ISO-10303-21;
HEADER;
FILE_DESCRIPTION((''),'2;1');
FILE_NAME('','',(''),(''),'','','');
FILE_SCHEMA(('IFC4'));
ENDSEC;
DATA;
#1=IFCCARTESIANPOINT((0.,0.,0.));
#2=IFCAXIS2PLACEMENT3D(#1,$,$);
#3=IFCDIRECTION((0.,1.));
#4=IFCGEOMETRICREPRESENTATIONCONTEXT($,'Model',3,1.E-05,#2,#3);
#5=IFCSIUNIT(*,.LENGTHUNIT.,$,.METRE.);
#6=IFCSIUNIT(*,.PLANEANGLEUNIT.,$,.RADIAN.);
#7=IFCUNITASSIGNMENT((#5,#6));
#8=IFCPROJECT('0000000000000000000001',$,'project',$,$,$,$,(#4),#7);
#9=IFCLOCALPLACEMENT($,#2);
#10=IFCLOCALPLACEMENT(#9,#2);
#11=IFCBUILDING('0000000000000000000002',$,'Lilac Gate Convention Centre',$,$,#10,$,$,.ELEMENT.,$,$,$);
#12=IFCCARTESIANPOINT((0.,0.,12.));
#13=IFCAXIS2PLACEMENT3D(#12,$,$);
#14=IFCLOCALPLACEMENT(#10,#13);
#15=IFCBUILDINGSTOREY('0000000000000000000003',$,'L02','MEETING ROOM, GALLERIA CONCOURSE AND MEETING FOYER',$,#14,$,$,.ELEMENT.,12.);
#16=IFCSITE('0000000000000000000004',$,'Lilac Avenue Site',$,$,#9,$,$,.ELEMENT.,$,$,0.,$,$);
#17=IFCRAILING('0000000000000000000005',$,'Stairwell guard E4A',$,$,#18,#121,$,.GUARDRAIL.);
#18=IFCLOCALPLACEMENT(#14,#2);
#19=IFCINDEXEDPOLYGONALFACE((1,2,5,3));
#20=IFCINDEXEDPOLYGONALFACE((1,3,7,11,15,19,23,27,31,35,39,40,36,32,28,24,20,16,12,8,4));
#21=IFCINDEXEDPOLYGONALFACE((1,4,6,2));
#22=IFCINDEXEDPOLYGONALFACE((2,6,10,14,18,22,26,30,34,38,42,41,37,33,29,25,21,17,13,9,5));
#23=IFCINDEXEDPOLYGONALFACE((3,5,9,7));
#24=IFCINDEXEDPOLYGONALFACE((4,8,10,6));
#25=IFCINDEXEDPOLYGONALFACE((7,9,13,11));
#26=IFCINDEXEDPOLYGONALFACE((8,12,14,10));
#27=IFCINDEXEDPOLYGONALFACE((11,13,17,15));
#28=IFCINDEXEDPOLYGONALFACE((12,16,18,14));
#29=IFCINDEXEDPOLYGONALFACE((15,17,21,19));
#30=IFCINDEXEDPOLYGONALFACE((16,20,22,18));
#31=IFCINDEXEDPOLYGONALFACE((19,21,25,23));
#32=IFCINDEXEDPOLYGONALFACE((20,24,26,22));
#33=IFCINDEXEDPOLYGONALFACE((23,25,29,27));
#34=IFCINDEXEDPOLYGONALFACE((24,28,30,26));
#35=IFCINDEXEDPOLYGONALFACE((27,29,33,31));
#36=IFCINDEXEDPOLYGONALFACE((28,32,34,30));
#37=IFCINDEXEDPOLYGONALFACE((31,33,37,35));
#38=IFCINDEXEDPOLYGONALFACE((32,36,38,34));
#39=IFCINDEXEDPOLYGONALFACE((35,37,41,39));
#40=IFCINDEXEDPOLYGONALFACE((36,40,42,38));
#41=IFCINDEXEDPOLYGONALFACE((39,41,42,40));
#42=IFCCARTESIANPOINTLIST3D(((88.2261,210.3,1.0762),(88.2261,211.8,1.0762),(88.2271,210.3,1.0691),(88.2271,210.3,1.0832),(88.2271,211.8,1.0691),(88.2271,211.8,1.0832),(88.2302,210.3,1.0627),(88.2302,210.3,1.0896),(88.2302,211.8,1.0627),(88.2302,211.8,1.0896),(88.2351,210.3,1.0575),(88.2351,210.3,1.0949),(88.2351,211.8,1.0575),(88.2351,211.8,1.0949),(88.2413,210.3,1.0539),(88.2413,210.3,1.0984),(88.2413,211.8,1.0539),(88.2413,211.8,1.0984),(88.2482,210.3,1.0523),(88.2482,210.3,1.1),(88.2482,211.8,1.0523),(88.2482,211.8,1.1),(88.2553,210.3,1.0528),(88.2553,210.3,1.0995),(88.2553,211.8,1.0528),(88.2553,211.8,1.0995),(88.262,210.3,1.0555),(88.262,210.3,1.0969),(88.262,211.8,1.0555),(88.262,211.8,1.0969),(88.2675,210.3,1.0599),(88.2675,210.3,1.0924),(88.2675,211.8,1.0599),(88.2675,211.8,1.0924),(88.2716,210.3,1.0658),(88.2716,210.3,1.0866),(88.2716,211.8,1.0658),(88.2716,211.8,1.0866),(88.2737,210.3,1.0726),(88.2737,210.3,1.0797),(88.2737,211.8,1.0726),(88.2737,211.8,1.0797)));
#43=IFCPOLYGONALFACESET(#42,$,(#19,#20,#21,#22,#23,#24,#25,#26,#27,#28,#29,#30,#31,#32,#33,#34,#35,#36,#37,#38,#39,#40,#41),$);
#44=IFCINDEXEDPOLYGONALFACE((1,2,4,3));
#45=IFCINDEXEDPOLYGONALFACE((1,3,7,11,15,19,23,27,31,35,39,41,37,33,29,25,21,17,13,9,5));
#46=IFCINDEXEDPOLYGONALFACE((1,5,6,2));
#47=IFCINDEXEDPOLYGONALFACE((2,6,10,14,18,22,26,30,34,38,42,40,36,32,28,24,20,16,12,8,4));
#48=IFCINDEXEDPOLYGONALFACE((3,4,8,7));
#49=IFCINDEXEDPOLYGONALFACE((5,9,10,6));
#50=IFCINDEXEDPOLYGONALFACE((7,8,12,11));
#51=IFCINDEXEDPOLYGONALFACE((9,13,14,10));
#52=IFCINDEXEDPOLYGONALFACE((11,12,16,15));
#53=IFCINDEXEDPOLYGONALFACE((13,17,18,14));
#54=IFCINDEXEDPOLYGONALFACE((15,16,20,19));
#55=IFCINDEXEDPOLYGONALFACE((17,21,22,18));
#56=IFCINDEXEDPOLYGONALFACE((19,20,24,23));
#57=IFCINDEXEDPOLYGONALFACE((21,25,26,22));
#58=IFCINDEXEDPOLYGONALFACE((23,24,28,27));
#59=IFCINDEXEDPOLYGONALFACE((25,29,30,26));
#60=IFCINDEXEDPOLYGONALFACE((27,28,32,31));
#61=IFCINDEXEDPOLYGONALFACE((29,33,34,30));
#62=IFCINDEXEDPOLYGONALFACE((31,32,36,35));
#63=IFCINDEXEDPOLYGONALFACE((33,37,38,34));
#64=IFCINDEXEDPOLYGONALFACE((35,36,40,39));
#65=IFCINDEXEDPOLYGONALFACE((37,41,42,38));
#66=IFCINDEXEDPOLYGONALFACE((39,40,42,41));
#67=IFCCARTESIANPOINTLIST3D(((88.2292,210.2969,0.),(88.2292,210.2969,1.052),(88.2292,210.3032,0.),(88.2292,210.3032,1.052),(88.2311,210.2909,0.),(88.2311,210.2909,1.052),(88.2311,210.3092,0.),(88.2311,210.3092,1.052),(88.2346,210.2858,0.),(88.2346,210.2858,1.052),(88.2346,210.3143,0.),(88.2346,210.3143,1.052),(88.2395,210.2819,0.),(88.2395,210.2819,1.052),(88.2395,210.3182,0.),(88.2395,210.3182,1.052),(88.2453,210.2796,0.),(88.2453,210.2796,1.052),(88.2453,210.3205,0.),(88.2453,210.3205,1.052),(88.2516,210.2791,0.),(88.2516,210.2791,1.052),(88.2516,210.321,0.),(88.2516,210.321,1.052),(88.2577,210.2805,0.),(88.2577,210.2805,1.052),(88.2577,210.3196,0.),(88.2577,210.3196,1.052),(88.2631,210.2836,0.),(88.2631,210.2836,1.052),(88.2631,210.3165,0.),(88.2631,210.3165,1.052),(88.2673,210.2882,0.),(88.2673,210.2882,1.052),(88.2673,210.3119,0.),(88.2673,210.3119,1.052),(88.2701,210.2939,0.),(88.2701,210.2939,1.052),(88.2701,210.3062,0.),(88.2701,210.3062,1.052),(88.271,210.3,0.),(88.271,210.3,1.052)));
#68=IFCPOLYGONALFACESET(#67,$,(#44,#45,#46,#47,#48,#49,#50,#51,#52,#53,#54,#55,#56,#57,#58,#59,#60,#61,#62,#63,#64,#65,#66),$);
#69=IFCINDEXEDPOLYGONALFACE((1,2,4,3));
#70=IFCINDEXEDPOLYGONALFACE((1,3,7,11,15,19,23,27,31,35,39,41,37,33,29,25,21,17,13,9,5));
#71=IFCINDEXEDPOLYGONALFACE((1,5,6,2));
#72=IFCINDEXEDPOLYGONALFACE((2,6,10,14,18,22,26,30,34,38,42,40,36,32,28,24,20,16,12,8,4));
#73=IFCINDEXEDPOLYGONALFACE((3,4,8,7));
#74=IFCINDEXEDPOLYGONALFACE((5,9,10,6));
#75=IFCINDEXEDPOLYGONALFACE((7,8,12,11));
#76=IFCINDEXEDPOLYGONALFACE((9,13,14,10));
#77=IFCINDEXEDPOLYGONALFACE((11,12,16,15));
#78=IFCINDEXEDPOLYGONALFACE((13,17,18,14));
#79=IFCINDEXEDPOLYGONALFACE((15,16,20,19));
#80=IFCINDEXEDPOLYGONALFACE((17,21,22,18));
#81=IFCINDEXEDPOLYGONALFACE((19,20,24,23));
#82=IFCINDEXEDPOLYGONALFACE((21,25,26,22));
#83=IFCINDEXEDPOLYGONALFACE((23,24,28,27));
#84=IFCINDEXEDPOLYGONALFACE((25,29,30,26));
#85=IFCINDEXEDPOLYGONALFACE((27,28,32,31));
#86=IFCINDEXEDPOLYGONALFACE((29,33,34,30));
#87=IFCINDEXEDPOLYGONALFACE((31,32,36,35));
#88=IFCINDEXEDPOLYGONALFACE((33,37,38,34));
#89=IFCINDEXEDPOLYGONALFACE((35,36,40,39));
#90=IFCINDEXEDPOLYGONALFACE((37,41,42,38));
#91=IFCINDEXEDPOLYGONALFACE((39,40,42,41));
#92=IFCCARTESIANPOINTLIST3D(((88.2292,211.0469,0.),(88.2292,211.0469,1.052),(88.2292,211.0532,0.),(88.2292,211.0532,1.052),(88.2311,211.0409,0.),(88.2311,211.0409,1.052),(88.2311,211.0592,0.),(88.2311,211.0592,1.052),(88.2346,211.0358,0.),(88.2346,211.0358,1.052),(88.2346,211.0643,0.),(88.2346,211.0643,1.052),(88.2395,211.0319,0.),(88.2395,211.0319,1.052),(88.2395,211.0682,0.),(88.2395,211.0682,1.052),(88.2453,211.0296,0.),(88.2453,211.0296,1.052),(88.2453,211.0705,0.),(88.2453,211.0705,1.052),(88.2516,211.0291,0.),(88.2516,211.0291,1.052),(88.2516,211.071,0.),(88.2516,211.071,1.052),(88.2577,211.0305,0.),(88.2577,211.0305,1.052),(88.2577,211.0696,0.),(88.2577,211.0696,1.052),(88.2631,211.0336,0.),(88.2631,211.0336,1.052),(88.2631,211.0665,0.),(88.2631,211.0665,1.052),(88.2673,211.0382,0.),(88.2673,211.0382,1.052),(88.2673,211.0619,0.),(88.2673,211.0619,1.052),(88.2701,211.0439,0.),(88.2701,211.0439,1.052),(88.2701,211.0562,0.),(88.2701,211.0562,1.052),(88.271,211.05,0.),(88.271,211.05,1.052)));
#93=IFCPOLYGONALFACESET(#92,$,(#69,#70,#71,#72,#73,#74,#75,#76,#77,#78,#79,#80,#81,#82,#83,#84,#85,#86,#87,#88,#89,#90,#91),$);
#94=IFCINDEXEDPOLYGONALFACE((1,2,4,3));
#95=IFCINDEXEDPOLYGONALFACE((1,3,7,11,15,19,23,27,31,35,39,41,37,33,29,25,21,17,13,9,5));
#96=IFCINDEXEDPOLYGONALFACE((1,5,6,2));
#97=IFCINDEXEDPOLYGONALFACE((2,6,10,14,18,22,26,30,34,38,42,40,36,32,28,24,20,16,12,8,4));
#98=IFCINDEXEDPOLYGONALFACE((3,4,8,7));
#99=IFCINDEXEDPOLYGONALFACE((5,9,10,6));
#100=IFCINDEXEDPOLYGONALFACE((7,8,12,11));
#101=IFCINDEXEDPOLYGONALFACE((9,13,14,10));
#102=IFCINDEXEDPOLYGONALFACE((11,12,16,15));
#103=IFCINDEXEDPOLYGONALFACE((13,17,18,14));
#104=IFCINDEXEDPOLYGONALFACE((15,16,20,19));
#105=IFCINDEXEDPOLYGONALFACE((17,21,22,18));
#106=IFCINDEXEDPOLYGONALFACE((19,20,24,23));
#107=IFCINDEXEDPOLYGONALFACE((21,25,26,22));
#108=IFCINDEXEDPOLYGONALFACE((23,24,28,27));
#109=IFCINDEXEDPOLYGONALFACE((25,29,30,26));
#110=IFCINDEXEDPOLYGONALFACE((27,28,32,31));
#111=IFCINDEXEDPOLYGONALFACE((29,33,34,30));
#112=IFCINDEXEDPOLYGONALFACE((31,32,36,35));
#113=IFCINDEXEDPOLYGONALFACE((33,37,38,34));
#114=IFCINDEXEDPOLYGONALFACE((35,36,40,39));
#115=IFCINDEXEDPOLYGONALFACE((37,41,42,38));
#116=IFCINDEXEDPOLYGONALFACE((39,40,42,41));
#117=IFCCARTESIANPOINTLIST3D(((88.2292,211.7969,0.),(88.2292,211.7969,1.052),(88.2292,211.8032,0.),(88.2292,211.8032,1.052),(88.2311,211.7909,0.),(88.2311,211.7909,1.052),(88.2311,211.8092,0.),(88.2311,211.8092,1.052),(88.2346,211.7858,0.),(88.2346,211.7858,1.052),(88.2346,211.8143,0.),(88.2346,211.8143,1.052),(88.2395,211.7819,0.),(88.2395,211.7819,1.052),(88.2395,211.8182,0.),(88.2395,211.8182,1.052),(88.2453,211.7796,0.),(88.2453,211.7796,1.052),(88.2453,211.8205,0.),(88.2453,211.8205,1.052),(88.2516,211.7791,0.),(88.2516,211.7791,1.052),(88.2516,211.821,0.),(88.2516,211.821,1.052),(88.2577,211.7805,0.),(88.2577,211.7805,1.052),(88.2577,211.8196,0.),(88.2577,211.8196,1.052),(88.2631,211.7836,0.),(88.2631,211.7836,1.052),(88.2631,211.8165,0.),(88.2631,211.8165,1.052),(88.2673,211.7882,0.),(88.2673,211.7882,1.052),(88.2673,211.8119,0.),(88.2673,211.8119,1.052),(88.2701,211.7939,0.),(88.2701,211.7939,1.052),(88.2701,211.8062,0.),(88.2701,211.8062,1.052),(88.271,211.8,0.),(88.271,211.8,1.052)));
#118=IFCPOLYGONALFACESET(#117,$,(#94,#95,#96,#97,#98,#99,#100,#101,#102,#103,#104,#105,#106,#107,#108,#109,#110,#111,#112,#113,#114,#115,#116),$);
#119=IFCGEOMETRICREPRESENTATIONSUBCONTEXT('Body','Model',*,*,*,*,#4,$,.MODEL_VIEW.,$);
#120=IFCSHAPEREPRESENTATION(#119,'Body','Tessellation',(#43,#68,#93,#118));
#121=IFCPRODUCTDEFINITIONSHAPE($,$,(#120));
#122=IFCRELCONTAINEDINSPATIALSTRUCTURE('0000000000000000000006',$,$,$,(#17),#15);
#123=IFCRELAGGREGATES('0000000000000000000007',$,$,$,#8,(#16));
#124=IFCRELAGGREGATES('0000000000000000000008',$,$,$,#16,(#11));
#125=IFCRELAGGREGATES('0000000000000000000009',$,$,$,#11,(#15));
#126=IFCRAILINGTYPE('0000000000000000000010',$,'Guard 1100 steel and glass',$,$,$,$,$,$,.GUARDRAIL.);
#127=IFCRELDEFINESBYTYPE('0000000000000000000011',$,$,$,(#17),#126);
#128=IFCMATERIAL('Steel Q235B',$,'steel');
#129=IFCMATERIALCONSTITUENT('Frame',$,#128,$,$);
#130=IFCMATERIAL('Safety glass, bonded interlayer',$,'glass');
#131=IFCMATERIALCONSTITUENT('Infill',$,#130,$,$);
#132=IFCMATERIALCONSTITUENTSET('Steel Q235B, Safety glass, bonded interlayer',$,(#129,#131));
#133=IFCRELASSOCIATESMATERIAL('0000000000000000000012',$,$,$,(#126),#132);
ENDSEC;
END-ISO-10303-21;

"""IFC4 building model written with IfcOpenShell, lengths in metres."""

from ifc_helpers import new_model, si_unit, direction, frame, origin, origin_2d, place, context, subcontext, project, spatial, circle, extrude, material, constituent, constituent_set, type_object, element, save


model = new_model("IFC4")

# Units and contexts
model_context = context("Model", 3, precision=1e-05, world=origin(), true_north=direction((0.0, 1.0)))
body_context = subcontext(model_context, "Body", "Model", "MODEL_VIEW")
ifc_project = project(units=[si_unit("LENGTHUNIT", "METRE"), si_unit("PLANEANGLEUNIT", "RADIAN")], contexts=[model_context])

# Site, building, storey
site_placement = place(None, origin())
site = spatial("IfcSite", under=ifc_project, at=site_placement, Name="Lilac Avenue Site", CompositionType="ELEMENT", RefElevation=0.0)
building_placement = place(site_placement, origin())
building = spatial("IfcBuilding", under=site, at=building_placement, Name="Lilac Gate Convention Centre", CompositionType="ELEMENT")
storey_placement = place(building_placement, frame((0.0, 0.0, 12.0)))
storey = spatial("IfcBuildingStorey", under=building, at=storey_placement, Name="L02", Description="MEETING ROOM, GALLERIA CONCOURSE AND MEETING FOYER", CompositionType="ELEMENT", Elevation=12.0)

# Railing
ifc_material_1 = material(Name="Steel Q235B", Category="steel")
ifc_constituent_1 = constituent(ifc_material_1, Name="Frame")
ifc_material_2 = material(Name="Safety glass, bonded interlayer", Category="glass")
ifc_constituent_2 = constituent(ifc_material_2, Name="Infill")
ifc_constituent_set = constituent_set(constituents=[ifc_constituent_1, ifc_constituent_2], Name="Steel Q235B, Safety glass, bonded interlayer")
railing_type = type_object("IfcRailingType", Name="Guard 1100 steel and glass", PredefinedType="GUARDRAIL", material=ifc_constituent_set)
for number, where, name in (
    (1, (88.25, 210.3, 0.0), "Stairwell guard E4A"),
):
    element("IfcRailing", number, at=place(storey_placement, frame(where)), inside=storey, type_object=railing_type, Name=name, PredefinedType="GUARDRAIL", context=body_context, shape_type="SweptSolid", body=[
        extrude(circle(Radius=0.0239, at=origin_2d()), frame((0.0, 0.0, 1.0762), z_axis=(0.0, 1.0, 0.0), x_axis=(-1.0, 0.0, 0.0)), (0.0, 0.0, 1.0), 1.5),
        extrude(circle(Radius=0.021, at=origin_2d()), origin(), (0.0, 0.0, 1.0), 1.052),
        extrude(circle(Radius=0.021, at=origin_2d()), frame((0.0, 0.75, 0.0)), (0.0, 0.0, 1.0), 1.052),
        extrude(circle(Radius=0.021, at=origin_2d()), frame((0.0, 1.5, 0.0)), (0.0, 0.0, 1.0), 1.052),
    ])

save(model, "model.ifc")
